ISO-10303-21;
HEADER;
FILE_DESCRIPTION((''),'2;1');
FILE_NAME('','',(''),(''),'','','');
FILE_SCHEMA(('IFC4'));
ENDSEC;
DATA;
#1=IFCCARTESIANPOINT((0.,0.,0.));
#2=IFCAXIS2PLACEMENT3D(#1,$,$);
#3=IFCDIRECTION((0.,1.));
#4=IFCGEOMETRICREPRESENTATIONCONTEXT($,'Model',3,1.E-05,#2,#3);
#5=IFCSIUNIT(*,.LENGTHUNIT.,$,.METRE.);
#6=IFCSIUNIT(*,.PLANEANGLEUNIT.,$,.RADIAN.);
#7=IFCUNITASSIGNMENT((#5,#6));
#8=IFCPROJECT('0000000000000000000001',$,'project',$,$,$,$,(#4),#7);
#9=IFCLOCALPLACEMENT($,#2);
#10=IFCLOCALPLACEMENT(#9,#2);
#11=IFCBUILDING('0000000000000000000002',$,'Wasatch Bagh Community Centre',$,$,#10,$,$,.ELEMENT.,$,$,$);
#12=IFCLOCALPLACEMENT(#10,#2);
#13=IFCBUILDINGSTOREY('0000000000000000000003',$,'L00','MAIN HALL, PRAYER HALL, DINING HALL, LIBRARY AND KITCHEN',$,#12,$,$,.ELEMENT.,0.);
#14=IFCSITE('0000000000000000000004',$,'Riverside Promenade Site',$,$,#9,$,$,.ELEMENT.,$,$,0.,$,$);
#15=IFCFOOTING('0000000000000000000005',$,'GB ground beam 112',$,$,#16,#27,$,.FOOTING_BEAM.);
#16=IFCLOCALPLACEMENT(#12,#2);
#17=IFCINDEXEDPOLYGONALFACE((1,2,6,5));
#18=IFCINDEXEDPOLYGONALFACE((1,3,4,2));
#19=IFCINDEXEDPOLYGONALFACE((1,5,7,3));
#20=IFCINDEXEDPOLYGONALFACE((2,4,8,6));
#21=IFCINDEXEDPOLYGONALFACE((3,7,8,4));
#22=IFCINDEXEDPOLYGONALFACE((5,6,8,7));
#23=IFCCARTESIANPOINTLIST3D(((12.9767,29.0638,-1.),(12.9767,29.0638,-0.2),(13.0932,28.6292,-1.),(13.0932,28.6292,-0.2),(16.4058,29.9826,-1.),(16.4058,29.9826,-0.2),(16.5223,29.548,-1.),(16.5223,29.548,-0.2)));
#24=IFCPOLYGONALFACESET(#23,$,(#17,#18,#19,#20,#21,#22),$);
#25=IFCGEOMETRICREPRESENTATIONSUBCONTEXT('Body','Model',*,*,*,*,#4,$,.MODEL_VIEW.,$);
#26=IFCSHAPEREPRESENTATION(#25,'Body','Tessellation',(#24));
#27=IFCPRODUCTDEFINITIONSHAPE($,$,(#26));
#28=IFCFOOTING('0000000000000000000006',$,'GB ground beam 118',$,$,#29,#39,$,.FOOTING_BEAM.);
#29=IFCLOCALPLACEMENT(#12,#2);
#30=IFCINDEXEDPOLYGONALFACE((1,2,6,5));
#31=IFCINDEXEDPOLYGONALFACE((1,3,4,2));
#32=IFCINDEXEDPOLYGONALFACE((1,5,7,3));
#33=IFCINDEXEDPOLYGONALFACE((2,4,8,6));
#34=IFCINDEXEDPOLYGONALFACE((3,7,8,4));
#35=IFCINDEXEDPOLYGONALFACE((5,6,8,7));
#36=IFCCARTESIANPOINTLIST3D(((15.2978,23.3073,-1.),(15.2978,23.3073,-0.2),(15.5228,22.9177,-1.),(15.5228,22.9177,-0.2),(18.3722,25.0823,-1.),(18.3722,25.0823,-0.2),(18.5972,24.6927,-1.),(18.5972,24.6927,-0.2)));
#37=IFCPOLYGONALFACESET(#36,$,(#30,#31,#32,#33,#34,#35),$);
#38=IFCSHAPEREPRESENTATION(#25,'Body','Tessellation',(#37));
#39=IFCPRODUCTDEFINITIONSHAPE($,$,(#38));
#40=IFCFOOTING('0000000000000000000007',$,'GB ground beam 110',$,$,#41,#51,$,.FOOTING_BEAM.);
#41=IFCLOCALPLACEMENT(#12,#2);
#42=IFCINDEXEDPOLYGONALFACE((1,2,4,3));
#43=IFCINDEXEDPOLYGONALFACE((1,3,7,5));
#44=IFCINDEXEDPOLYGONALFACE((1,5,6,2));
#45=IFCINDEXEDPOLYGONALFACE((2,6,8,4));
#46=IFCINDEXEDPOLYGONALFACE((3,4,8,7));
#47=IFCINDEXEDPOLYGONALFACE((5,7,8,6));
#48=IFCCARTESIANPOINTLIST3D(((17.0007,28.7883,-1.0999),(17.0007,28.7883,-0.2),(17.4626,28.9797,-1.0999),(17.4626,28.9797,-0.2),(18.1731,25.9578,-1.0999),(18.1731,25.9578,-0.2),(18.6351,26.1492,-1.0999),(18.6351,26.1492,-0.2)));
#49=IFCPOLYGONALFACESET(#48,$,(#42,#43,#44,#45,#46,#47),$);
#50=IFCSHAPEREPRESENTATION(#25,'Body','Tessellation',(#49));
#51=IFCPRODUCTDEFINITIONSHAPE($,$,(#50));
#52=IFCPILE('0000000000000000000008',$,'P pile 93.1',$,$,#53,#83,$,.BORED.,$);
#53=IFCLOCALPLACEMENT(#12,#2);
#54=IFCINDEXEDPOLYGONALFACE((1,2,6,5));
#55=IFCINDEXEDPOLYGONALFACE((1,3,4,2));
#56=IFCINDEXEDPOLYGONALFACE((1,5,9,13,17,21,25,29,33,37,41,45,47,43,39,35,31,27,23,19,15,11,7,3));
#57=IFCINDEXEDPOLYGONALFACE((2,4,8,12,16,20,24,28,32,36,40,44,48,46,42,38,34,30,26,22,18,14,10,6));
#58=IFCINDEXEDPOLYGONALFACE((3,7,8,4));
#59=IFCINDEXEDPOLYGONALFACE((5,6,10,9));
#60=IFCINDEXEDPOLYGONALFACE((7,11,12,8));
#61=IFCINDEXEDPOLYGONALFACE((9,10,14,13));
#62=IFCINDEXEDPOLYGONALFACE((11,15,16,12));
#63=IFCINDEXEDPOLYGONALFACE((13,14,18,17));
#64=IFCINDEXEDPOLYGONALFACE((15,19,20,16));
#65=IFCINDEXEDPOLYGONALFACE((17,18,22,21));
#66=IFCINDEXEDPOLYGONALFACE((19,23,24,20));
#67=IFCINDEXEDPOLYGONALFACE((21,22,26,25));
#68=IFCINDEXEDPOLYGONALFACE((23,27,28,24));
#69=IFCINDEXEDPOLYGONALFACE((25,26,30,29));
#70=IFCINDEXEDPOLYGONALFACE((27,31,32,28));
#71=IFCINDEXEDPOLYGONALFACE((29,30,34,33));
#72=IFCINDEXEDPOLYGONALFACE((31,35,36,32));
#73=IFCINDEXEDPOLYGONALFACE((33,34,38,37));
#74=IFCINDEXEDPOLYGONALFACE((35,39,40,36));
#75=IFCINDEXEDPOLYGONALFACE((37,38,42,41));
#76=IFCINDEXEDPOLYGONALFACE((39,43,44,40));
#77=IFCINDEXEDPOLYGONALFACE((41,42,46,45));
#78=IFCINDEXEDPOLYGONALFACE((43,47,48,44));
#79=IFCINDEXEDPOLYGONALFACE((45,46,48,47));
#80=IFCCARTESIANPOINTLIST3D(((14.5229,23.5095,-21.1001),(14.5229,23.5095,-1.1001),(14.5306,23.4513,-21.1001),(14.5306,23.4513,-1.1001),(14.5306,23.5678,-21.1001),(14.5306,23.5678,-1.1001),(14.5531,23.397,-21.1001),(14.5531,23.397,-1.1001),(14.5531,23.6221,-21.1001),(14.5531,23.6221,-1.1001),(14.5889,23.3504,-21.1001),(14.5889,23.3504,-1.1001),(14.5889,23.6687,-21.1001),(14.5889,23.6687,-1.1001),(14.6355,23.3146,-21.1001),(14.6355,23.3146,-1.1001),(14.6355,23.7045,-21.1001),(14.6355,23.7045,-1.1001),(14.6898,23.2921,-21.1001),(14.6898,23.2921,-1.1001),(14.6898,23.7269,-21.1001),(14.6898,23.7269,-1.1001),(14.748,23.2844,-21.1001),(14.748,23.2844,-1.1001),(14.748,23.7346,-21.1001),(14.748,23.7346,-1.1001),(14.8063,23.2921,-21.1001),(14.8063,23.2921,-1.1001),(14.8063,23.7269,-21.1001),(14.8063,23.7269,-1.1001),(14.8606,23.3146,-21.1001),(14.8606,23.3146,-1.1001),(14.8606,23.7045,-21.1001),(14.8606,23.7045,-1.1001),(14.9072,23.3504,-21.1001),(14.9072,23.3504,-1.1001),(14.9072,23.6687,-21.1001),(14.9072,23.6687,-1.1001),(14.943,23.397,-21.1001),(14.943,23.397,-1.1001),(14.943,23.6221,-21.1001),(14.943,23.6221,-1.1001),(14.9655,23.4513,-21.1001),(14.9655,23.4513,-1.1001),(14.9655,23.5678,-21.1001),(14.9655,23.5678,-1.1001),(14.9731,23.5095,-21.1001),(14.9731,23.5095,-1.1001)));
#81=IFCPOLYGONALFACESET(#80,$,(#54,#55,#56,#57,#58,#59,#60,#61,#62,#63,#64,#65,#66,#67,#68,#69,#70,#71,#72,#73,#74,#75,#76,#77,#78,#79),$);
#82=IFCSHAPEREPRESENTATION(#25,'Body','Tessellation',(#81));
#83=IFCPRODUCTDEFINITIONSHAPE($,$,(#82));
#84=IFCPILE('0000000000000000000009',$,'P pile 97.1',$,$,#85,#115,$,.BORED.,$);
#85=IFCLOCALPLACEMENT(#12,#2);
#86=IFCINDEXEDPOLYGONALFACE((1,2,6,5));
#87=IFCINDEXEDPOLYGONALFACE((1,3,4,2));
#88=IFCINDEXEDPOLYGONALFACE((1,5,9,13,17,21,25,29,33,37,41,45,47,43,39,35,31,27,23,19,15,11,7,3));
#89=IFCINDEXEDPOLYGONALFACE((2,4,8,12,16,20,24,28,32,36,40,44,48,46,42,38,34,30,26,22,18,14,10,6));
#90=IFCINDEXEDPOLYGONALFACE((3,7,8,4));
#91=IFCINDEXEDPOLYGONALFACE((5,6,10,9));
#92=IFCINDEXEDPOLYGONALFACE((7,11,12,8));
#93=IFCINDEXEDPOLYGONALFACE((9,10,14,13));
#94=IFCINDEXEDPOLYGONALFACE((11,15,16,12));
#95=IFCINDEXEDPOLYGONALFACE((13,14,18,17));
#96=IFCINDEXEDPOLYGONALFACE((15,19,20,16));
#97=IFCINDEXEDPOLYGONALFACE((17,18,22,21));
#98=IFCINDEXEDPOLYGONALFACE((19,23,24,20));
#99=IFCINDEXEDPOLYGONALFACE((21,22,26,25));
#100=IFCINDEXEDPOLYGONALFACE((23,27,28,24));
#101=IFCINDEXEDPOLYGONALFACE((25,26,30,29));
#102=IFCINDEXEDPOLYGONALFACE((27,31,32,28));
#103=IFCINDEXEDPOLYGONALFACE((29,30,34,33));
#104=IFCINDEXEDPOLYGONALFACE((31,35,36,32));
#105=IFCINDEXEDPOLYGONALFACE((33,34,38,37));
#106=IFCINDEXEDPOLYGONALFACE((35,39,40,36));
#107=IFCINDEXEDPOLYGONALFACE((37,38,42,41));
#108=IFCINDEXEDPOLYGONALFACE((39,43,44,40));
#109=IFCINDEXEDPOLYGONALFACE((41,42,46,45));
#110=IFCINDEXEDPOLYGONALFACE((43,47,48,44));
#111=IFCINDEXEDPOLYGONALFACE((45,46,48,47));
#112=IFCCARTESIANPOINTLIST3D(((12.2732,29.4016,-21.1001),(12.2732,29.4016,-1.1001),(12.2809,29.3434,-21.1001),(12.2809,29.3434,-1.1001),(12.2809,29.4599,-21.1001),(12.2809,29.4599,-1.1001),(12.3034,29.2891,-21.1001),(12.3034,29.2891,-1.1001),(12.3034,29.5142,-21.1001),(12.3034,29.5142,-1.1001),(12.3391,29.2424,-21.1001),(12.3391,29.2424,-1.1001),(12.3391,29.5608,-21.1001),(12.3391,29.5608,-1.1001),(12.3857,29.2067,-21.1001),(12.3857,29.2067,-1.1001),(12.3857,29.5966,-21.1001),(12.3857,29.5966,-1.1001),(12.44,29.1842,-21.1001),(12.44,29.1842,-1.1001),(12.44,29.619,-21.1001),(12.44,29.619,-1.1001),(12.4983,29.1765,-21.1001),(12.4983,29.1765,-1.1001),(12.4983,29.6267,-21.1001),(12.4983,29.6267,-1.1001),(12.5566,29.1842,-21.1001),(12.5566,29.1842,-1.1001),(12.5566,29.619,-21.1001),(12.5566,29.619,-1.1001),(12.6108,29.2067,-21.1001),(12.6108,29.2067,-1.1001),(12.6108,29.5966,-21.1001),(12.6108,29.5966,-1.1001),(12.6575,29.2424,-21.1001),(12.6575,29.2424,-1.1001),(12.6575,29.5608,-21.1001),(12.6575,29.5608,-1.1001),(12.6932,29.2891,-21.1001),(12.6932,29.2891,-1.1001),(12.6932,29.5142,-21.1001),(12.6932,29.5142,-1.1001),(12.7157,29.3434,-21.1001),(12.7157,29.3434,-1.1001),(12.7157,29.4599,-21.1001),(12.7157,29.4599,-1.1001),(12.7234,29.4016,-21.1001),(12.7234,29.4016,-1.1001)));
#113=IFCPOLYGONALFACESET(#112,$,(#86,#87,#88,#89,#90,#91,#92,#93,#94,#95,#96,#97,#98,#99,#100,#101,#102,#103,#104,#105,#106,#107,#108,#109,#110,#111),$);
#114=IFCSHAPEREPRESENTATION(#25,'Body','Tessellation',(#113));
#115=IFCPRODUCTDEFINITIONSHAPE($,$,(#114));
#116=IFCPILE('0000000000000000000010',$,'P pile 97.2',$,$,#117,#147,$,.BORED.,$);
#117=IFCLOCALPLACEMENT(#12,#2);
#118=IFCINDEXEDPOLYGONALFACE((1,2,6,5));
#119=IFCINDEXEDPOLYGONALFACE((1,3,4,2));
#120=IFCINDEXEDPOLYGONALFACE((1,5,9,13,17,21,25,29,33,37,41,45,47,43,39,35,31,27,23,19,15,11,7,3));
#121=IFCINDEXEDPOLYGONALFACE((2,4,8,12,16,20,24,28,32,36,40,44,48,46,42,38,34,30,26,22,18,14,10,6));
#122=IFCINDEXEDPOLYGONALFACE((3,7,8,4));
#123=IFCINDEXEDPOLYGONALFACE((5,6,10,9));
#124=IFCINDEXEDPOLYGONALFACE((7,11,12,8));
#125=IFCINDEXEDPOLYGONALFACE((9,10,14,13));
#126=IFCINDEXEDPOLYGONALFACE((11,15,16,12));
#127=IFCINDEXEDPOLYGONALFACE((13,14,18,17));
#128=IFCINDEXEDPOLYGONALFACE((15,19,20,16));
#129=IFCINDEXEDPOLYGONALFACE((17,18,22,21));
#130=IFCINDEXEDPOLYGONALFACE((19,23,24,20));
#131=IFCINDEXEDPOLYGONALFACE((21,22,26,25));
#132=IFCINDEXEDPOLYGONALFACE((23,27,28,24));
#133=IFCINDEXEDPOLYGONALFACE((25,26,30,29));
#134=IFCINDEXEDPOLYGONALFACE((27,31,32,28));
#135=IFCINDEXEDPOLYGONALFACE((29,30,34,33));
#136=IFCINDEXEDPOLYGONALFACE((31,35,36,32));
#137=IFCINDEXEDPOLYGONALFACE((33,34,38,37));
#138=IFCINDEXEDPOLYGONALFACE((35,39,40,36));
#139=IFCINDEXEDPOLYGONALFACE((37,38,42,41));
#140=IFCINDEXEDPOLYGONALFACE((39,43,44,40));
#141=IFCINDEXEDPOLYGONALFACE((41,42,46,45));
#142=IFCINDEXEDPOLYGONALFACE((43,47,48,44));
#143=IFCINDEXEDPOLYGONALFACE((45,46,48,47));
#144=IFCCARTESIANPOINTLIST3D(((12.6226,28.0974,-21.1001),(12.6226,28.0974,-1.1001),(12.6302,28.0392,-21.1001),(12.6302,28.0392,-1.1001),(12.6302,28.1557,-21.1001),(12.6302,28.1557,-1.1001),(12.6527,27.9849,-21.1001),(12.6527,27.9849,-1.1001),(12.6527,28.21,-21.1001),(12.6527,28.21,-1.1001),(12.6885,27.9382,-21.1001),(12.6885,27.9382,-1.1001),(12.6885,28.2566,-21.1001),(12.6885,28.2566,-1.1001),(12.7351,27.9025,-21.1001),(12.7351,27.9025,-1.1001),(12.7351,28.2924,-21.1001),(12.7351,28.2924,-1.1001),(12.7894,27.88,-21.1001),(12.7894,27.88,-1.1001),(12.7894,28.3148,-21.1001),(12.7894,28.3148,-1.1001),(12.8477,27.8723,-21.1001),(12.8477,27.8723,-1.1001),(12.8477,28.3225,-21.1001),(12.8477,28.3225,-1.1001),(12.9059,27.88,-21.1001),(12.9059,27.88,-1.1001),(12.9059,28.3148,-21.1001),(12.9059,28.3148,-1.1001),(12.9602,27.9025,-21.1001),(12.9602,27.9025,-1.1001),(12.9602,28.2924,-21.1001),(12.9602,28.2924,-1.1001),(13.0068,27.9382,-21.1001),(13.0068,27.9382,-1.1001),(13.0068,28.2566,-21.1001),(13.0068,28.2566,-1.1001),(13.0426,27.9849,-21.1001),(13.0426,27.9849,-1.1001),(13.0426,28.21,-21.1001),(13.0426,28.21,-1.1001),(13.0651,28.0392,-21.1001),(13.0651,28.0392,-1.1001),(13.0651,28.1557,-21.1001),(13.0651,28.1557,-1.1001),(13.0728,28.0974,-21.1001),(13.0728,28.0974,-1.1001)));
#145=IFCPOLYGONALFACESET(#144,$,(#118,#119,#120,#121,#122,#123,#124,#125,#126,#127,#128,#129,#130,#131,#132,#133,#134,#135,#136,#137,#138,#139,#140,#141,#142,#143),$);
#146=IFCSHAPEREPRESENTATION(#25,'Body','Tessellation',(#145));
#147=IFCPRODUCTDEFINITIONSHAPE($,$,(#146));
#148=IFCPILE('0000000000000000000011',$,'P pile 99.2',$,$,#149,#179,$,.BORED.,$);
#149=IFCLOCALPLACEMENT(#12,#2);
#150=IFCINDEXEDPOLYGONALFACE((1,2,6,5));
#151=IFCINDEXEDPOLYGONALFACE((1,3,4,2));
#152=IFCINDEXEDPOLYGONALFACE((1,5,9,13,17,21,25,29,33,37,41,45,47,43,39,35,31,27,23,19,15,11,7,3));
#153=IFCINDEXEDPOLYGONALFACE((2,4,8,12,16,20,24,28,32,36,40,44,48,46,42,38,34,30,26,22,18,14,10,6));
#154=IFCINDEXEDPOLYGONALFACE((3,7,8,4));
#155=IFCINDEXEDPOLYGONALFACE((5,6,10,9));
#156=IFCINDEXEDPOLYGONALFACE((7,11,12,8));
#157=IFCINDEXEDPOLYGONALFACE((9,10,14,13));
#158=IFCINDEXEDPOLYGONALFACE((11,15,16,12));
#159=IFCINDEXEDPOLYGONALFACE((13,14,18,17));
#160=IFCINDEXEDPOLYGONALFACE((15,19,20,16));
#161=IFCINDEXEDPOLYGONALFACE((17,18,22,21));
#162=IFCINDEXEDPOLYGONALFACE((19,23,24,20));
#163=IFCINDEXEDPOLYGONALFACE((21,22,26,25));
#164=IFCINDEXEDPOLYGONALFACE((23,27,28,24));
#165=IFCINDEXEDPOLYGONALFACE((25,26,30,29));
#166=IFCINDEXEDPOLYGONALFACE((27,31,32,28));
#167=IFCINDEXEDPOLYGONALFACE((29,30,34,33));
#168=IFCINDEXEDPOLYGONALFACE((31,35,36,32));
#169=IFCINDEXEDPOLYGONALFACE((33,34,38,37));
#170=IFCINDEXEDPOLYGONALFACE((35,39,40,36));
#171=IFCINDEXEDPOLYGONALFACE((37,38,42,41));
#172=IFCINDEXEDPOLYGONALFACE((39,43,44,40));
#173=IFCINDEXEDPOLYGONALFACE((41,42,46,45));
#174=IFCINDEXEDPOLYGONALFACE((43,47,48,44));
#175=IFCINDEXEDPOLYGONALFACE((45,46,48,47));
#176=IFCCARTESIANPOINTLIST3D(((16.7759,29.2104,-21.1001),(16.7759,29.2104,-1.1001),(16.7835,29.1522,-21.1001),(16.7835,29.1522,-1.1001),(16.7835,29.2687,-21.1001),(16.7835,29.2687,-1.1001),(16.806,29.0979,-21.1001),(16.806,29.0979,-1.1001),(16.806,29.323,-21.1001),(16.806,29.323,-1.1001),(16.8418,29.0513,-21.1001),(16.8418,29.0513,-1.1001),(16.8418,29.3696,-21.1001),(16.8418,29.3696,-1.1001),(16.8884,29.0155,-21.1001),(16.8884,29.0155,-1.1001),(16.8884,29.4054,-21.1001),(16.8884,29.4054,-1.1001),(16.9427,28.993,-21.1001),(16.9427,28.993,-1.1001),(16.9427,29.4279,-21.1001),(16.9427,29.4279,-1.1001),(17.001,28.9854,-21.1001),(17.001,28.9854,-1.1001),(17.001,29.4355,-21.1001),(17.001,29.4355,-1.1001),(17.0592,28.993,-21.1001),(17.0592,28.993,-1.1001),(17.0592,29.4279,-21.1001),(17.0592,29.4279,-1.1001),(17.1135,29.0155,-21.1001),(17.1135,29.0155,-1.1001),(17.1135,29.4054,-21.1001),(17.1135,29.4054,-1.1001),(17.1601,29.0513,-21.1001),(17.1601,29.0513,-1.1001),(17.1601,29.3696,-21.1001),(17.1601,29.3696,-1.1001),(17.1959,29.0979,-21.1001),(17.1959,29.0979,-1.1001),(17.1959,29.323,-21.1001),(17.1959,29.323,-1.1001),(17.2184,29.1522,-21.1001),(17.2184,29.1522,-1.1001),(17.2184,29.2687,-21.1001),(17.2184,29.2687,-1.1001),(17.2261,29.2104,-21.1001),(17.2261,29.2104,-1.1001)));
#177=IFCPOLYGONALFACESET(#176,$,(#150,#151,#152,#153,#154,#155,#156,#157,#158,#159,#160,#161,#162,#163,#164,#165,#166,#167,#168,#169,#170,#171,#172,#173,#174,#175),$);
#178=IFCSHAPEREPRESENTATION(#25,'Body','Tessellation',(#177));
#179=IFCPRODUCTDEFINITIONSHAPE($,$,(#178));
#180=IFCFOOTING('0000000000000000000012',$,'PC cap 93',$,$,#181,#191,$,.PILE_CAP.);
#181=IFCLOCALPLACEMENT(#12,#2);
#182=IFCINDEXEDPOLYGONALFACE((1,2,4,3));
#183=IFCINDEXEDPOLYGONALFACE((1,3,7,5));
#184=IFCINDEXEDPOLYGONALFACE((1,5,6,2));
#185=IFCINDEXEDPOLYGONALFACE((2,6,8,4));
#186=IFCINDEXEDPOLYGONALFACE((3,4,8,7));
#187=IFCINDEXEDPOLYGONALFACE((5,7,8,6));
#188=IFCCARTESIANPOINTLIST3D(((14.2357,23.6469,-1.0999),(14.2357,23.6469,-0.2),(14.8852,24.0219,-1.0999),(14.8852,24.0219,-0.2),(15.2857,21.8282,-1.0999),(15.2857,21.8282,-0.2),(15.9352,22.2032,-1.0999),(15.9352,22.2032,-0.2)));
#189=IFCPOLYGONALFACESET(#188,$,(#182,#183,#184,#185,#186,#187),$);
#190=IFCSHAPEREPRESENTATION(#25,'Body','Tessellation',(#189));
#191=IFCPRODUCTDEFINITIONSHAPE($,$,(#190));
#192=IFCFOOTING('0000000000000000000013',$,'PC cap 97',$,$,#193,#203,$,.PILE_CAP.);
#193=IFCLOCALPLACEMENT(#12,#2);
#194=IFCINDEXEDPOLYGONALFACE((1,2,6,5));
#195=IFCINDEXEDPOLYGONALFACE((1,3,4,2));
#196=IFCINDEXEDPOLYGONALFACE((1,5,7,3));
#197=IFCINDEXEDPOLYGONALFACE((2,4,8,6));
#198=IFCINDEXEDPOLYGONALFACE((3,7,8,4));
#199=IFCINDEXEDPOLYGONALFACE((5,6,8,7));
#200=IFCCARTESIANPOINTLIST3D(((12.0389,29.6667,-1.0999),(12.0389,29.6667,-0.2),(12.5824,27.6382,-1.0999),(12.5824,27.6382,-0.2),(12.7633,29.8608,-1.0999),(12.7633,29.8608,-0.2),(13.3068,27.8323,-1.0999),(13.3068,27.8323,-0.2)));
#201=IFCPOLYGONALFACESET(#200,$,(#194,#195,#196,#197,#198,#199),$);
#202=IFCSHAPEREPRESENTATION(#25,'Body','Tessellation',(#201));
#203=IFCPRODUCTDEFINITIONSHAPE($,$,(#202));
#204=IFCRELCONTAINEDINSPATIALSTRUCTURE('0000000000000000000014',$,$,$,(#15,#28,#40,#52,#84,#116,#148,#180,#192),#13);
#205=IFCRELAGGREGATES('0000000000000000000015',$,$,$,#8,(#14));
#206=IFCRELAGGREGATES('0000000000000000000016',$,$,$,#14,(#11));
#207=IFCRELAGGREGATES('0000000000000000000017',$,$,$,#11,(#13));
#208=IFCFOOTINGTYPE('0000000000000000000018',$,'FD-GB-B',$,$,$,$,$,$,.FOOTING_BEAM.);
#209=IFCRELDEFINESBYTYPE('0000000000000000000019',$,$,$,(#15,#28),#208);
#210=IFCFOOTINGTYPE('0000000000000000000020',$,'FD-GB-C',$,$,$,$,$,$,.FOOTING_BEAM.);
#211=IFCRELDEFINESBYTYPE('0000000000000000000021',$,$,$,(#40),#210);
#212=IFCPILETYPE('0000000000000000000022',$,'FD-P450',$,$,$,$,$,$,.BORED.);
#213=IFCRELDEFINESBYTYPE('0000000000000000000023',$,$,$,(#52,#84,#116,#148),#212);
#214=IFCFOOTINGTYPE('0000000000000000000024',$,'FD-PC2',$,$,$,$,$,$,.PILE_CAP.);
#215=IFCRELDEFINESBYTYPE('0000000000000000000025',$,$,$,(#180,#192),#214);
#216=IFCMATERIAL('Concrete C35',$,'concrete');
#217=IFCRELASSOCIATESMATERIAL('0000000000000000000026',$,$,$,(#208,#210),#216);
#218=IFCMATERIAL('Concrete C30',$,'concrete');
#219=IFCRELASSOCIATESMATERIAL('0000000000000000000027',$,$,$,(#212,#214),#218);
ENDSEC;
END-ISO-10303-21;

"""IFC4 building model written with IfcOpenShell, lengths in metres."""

from ifc_helpers import new_model, si_unit, direction, frame, origin, origin_2d, place, context, subcontext, project, spatial, rectangle, circle, extrude, material, material_profile, profile_set, type_object, element, save


model = new_model("IFC4")

# Units and contexts
model_context = context("Model", 3, precision=1e-05, world=origin(), true_north=direction((0.0, 1.0)))
body_context = subcontext(model_context, "Body", "Model", "MODEL_VIEW")
ifc_project = project(units=[si_unit("LENGTHUNIT", "METRE"), si_unit("PLANEANGLEUNIT", "RADIAN")], contexts=[model_context])

# Site, building, storey
site_placement = place(None, origin())
site = spatial("IfcSite", under=ifc_project, at=site_placement, Name="Riverside Promenade Site", CompositionType="ELEMENT", RefElevation=0.0)
building_placement = place(site_placement, origin())
building = spatial("IfcBuilding", under=site, at=building_placement, Name="Wasatch Bagh Community Centre", CompositionType="ELEMENT")
storey_placement = place(building_placement, origin())
storey = spatial("IfcBuildingStorey", under=building, at=storey_placement, Name="L00", Description="MAIN HALL, PRAYER HALL, DINING HALL, LIBRARY AND KITCHEN", CompositionType="ELEMENT", Elevation=0.0)

# Footings
ifc_material_1 = material(Name="Concrete C35", Category="concrete")
footing_type_1 = type_object("IfcFootingType", Name="FD-GB-B", PredefinedType="FOOTING_BEAM", material=ifc_material_1)
for number, where, z_axis, x_axis, name in (
    (1, (14.7495, 29.3059, -1.0), (0.0, 0.0, 1.0), (-0.965926, -0.258819, 0.0), "GB ground beam 112"),
    (2, (16.9475, 24.0, -1.0), (0.0, 0.0, 1.0), (-0.866025, -0.5, 0.0), "GB ground beam 118"),
):
    element("IfcFooting", number, at=place(storey_placement, frame(where, z_axis=z_axis, x_axis=x_axis)), inside=storey, type_object=footing_type_1, Name=name, PredefinedType="FOOTING_BEAM", context=body_context, shape_type="SweptSolid", body=[
        extrude(rectangle(XDim=3.55, YDim=0.45, at=origin_2d()), origin(), (0.0, 0.0, 1.0), 0.8),
    ])
footing_type_2 = type_object("IfcFootingType", Name="FD-GB-C", PredefinedType="FOOTING_BEAM", material=ifc_material_1)
footing_placement = place(storey_placement, frame((17.8179, 27.4688, -1.0999), z_axis=(0.0, 0.0, 1.0), x_axis=(0.382683, -0.92388, 0.0)))
element("IfcFooting", 3, at=footing_placement, inside=storey, type_object=footing_type_2, Name="GB ground beam 110", PredefinedType="FOOTING_BEAM", context=body_context, shape_type="SweptSolid", body=[
    extrude(rectangle(XDim=3.0637, YDim=0.5, at=origin_2d()), origin(), (0.0, 0.0, 1.0), 0.8999),
])

# Piles
ifc_material_2 = material(Name="Concrete C30", Category="concrete")
ifc_material_profile_1 = material_profile(ifc_material_2, circle(Radius=0.2251, at=origin_2d()), Name="RC D450")
ifc_profile_set_1 = profile_set([ifc_material_profile_1], Name="Concrete C30")
pile_type = type_object("IfcPileType", Name="FD-P450", PredefinedType="BORED", material=ifc_profile_set_1)
for number, where, z_axis, x_axis, name in (
    (4, (14.748, 23.5095, -1.1001), (0.0, 0.0, -1.0), (1.0, 0.0, 0.0), "P pile 93.1"),
    (5, (12.4983, 29.4016, -1.1001), (0.0, 0.0, -1.0), (1.0, 0.0, 0.0), "P pile 97.1"),
    (6, (12.8477, 28.0974, -1.1001), (0.0, 0.0, -1.0), (1.0, 0.0, 0.0), "P pile 97.2"),
    (7, (17.001, 29.2104, -1.1001), (0.0, 0.0, -1.0), (1.0, 0.0, 0.0), "P pile 99.2"),
):
    element("IfcPile", number, at=place(storey_placement, frame(where, z_axis=z_axis, x_axis=x_axis)), inside=storey, type_object=pile_type, Name=name, PredefinedType="BORED", context=body_context, shape_type="SweptSolid", body=[
        extrude(circle(Radius=0.2251, at=origin_2d()), origin(), (0.0, 0.0, 1.0), 20.0),
    ])

# Footings
footing_type_3 = type_object("IfcFootingType", Name="FD-PC2", PredefinedType="PILE_CAP", material=ifc_material_2)
for number, where, z_axis, x_axis, name in (
    (8, (15.0854, 22.925, -1.0999), (0.0, 0.0, 1.0), (0.5, -0.866025, 0.0), "PC cap 93"),
    (9, (12.6729, 28.7495, -1.0999), (0.0, 0.0, 1.0), (0.258819, -0.965926, 0.0), "PC cap 97"),
):
    element("IfcFooting", number, at=place(storey_placement, frame(where, z_axis=z_axis, x_axis=x_axis)), inside=storey, type_object=footing_type_3, Name=name, PredefinedType="PILE_CAP", context=body_context, shape_type="SweptSolid", body=[
        extrude(rectangle(XDim=2.1001, YDim=0.75, at=origin_2d()), origin(), (0.0, 0.0, 1.0), 0.8999),
    ])

save(model, "model.ifc")
